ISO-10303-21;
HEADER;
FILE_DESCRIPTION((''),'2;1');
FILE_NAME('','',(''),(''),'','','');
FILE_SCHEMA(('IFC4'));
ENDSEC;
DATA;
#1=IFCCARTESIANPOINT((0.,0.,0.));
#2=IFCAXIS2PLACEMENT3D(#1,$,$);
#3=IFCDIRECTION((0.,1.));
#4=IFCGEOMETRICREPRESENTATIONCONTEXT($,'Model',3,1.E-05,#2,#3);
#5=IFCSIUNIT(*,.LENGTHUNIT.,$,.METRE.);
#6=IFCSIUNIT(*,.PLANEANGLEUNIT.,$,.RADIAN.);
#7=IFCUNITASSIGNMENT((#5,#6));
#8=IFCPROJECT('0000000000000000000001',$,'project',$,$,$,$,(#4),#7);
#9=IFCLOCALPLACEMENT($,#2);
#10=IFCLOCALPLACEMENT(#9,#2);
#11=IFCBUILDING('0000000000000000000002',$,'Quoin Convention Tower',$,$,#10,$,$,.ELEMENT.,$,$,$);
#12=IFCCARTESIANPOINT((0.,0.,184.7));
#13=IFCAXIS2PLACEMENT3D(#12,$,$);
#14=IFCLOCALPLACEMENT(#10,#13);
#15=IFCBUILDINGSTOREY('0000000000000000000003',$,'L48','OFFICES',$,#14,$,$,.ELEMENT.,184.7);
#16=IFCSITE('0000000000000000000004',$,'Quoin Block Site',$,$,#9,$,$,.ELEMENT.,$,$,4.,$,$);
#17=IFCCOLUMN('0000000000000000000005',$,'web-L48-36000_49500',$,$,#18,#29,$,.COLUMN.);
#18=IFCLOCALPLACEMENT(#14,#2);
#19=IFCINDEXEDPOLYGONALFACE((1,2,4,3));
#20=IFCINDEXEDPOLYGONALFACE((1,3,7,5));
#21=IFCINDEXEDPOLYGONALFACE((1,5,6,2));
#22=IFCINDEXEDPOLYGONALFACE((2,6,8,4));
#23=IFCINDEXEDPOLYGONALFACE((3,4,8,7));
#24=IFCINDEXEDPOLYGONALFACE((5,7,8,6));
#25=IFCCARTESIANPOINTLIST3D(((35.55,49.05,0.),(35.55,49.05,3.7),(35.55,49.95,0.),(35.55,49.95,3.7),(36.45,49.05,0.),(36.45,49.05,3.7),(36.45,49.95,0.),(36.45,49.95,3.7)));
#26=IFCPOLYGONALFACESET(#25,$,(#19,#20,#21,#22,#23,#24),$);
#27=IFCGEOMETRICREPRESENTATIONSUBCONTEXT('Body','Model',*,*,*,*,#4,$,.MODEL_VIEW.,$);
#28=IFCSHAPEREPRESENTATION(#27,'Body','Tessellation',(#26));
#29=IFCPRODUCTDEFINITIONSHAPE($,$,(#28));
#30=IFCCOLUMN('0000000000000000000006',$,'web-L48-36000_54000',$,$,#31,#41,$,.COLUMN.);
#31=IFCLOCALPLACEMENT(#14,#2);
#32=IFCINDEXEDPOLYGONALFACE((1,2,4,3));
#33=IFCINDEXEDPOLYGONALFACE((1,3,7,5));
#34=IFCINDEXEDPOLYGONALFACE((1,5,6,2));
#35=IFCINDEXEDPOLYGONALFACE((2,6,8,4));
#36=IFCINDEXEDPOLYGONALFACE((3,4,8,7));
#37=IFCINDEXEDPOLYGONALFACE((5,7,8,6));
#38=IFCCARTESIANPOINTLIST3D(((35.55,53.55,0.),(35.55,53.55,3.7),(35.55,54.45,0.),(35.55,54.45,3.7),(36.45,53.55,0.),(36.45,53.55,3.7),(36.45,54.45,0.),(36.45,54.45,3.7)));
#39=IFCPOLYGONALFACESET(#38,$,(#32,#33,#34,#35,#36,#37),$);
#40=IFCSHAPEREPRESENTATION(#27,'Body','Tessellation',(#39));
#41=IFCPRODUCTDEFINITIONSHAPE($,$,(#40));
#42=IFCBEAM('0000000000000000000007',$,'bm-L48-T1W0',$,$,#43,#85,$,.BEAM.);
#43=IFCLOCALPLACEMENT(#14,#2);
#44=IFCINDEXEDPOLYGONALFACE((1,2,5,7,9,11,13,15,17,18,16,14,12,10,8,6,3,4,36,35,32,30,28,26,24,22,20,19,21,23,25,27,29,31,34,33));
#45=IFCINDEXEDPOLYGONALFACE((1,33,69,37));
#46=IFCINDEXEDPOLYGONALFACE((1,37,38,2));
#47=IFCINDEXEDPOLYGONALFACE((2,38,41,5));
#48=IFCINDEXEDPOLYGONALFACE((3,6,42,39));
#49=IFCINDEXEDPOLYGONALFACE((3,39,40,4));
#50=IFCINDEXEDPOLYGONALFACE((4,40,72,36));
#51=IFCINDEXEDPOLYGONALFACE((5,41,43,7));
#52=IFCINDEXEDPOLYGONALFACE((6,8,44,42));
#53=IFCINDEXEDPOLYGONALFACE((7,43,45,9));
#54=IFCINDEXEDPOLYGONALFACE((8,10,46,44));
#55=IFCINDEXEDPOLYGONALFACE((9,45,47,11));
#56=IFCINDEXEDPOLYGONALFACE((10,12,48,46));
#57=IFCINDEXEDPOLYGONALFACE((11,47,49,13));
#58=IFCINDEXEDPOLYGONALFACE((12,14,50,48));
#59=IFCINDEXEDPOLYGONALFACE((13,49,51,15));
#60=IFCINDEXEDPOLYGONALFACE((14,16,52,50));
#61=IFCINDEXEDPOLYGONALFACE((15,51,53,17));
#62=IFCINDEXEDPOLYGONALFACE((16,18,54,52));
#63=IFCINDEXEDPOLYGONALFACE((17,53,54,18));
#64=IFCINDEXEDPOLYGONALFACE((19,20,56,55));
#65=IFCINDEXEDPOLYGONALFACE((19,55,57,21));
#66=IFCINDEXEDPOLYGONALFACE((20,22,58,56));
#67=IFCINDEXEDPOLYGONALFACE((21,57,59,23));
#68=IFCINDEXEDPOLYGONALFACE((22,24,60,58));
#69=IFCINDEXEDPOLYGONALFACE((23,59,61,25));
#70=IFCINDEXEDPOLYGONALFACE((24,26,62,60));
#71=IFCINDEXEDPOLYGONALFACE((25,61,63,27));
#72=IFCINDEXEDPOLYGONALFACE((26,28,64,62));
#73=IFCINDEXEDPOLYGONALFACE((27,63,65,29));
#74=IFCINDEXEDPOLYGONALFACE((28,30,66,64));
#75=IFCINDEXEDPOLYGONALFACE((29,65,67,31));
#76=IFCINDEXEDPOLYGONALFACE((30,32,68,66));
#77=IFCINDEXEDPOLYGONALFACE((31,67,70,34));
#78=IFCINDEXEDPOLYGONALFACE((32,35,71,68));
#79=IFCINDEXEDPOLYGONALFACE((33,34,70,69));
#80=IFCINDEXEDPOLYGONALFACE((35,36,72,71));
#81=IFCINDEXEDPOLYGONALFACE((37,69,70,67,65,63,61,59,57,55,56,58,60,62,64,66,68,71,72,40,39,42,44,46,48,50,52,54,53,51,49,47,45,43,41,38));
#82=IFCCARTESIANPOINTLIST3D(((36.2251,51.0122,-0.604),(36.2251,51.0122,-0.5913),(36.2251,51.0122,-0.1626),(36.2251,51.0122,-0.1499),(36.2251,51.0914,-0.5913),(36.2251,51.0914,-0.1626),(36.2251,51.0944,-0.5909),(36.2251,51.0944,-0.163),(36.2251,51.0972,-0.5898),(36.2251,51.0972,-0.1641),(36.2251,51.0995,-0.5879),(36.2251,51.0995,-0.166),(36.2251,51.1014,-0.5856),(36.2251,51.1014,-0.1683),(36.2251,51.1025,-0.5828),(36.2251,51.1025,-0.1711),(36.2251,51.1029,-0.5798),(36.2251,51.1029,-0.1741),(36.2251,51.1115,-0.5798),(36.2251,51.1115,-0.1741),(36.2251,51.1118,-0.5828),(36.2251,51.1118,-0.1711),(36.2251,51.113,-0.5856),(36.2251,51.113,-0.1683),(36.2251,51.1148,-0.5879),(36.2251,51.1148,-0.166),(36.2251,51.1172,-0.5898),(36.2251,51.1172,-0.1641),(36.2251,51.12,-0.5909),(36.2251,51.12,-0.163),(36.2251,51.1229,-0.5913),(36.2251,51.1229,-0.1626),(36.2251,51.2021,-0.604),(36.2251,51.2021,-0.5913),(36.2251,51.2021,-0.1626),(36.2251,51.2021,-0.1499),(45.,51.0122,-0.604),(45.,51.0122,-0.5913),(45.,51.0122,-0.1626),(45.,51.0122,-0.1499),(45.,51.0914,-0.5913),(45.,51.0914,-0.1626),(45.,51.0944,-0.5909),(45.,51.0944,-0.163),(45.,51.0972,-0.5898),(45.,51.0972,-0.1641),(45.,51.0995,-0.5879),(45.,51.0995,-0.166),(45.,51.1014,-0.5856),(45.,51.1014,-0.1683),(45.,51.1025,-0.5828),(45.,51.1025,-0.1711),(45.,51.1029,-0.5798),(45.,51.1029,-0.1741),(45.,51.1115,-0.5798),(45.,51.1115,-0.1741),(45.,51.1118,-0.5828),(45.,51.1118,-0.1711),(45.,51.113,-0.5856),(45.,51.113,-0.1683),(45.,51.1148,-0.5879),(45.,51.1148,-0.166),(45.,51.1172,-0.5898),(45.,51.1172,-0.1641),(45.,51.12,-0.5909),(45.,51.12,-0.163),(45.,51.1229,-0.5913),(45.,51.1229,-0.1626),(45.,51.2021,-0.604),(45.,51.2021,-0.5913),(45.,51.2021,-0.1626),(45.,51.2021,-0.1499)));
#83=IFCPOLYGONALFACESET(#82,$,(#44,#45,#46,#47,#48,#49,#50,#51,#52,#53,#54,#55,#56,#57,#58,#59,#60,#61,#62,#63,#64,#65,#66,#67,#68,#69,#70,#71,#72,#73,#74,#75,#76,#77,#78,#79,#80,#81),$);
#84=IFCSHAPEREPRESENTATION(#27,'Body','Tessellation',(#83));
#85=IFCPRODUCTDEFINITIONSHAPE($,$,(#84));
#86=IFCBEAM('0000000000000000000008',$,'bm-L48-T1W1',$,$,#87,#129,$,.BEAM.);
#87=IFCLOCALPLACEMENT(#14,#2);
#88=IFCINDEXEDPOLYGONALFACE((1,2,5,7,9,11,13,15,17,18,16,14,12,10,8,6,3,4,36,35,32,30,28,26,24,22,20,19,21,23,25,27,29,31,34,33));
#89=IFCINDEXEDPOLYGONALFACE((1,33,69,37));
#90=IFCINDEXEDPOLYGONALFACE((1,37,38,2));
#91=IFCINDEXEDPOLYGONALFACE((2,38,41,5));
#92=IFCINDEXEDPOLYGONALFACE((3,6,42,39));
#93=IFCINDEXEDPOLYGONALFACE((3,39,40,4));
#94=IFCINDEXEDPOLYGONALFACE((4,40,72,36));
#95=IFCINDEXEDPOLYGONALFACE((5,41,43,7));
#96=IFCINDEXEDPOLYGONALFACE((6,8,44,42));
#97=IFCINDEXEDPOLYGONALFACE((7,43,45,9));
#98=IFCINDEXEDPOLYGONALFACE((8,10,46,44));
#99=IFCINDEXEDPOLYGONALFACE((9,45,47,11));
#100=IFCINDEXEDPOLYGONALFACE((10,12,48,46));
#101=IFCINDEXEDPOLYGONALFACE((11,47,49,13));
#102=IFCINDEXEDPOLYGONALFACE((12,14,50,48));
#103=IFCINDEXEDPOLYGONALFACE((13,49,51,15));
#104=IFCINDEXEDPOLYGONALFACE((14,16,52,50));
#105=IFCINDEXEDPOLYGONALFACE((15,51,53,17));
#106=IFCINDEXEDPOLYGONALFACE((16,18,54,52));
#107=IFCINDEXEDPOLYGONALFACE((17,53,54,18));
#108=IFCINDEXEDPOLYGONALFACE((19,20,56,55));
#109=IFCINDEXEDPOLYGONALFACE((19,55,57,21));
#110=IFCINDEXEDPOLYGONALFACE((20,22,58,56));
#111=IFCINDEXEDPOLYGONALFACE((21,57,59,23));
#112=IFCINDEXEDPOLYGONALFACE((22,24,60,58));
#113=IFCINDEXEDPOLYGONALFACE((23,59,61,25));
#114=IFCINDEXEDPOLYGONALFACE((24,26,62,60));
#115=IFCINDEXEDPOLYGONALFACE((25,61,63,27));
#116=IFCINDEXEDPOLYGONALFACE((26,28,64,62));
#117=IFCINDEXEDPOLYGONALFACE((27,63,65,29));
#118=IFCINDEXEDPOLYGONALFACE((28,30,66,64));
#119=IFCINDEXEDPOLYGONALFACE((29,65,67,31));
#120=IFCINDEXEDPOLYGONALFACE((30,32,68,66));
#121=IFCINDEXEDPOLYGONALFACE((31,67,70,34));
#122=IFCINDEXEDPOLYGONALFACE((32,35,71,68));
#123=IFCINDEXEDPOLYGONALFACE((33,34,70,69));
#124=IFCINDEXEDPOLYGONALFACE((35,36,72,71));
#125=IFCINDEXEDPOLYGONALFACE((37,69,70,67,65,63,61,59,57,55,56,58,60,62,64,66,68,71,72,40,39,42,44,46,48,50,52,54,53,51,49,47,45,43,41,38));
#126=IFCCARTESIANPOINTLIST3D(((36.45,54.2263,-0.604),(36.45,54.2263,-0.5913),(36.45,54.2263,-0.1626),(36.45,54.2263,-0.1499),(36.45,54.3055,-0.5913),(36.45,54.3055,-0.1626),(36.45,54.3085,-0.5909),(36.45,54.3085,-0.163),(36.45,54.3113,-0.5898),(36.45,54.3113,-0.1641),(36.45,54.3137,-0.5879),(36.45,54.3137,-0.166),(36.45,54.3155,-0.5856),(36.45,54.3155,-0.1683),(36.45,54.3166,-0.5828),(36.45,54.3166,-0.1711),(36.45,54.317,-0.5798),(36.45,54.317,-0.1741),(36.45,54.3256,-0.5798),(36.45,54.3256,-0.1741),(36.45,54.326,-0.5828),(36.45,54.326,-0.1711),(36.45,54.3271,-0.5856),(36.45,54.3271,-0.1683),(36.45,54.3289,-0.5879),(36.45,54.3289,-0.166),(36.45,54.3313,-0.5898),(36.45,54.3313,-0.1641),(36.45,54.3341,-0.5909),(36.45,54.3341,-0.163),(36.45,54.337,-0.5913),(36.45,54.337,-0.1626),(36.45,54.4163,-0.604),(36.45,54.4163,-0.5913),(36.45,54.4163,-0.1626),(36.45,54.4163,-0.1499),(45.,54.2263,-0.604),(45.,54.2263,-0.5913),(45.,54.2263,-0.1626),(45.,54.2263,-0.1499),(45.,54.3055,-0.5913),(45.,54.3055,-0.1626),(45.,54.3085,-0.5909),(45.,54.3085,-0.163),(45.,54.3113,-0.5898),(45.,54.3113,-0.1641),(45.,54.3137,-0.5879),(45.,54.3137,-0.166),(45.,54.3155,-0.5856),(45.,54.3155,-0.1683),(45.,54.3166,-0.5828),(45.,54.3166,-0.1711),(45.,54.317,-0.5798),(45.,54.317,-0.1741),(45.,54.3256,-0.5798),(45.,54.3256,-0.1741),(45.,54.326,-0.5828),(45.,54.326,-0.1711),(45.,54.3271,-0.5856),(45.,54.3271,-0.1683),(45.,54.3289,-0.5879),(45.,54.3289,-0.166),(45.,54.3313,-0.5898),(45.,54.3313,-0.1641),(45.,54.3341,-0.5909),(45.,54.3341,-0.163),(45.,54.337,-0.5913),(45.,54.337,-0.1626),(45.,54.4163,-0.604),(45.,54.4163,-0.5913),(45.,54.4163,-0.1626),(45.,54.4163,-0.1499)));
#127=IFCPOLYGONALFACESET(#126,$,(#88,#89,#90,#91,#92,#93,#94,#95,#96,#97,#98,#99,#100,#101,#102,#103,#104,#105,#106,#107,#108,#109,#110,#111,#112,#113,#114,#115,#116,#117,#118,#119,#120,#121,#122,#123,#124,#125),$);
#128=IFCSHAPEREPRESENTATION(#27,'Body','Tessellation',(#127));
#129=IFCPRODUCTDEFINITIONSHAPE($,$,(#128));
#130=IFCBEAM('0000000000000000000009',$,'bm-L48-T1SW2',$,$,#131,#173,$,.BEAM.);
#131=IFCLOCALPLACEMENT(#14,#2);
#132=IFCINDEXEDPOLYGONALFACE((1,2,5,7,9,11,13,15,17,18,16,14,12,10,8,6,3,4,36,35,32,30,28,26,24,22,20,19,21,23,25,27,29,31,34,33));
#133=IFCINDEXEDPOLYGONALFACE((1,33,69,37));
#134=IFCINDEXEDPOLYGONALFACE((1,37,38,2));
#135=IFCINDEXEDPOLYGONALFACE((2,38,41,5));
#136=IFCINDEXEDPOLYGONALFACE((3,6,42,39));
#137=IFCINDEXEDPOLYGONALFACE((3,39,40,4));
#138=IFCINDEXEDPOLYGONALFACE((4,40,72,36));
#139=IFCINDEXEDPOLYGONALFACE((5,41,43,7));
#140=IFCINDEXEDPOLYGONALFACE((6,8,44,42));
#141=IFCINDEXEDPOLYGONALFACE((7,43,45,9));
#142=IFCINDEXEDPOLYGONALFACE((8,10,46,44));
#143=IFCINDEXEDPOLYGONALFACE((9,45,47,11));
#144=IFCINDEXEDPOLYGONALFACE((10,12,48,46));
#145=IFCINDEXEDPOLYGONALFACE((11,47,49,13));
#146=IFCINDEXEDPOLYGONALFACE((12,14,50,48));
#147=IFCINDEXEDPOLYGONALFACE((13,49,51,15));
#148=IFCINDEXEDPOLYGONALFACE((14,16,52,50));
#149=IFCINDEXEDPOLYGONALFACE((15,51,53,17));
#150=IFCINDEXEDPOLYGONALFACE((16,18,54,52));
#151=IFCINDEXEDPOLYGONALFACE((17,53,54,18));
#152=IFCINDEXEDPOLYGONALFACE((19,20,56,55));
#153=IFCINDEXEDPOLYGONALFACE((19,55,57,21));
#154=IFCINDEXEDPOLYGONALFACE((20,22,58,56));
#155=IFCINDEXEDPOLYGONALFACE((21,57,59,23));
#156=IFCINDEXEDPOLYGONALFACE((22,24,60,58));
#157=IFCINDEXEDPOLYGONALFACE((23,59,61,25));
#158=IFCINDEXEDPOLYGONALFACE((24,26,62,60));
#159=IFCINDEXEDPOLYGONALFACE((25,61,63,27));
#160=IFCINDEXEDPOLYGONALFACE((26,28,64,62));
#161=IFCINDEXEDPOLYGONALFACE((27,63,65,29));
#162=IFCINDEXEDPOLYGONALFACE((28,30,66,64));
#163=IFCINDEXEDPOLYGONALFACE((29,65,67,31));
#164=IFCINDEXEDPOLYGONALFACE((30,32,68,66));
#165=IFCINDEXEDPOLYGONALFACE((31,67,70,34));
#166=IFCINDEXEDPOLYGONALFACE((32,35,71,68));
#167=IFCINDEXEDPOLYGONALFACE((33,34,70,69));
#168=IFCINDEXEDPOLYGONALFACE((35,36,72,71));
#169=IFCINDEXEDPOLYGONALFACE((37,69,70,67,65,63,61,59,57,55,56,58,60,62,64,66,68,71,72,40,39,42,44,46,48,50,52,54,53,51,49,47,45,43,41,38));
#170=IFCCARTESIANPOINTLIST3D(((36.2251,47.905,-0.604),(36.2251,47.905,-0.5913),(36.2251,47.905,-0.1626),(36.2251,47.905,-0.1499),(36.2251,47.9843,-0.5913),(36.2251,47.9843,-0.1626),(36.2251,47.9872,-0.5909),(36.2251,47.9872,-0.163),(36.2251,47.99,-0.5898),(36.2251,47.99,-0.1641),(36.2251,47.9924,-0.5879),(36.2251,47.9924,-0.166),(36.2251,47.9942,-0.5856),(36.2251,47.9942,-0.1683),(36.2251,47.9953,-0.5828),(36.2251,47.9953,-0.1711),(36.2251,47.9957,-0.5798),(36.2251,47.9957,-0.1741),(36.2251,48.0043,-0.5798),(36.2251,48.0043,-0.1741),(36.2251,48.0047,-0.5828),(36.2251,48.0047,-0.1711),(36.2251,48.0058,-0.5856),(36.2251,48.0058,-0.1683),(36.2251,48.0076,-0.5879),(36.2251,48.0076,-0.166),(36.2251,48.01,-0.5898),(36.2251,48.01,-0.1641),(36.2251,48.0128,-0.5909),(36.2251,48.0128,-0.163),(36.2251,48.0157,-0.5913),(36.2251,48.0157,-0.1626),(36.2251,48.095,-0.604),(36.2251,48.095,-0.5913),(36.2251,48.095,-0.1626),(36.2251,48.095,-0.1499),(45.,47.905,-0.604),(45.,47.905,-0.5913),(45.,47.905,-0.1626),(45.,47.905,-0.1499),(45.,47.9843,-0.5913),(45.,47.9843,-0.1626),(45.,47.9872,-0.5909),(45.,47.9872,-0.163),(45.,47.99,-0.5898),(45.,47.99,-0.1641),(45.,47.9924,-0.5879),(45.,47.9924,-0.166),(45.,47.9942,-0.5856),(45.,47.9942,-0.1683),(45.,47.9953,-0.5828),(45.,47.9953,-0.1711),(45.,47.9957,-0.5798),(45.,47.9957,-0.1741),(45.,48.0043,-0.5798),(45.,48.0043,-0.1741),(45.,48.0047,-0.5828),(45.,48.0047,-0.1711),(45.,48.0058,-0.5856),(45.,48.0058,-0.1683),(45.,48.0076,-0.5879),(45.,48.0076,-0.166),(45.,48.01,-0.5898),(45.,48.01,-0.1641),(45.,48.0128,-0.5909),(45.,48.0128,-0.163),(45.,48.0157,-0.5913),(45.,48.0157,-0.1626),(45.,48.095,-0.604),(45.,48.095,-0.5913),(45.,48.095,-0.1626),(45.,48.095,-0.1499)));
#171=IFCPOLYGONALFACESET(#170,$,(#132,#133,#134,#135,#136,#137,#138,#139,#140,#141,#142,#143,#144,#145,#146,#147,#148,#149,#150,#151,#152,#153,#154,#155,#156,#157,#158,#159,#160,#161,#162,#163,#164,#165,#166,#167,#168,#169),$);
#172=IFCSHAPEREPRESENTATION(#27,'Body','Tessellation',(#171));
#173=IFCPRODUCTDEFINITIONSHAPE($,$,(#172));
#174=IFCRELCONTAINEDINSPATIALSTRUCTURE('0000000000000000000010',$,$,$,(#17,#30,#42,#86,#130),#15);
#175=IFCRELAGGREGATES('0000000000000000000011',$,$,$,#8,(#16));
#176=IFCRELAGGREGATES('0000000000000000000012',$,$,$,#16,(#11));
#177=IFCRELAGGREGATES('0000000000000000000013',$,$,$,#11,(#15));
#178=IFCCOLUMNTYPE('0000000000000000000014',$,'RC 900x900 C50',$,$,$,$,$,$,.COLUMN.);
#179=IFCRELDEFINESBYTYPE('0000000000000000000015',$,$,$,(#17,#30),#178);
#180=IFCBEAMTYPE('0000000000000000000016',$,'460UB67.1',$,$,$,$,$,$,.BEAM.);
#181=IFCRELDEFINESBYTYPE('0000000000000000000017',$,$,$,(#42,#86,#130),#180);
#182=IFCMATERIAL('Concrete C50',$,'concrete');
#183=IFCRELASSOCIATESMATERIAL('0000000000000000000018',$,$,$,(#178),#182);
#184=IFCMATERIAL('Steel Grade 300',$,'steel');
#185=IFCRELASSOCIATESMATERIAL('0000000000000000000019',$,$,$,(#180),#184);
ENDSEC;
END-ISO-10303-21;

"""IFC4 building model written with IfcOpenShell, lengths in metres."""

from ifc_helpers import new_model, si_unit, direction, frame, origin, origin_2d, place, context, subcontext, project, spatial, rectangle, i_section, extrude, material, material_profile, profile_set, type_object, element, save


model = new_model("IFC4")

# Units and contexts
model_context = context("Model", 3, precision=1e-05, world=origin(), true_north=direction((0.0, 1.0)))
body_context = subcontext(model_context, "Body", "Model", "MODEL_VIEW")
ifc_project = project(units=[si_unit("LENGTHUNIT", "METRE"), si_unit("PLANEANGLEUNIT", "RADIAN")], contexts=[model_context])

# Site, building, storey
site_placement = place(None, origin())
site = spatial("IfcSite", under=ifc_project, at=site_placement, Name="Quoin Block Site", CompositionType="ELEMENT", RefElevation=4.0)
building_placement = place(site_placement, origin())
building = spatial("IfcBuilding", under=site, at=building_placement, Name="Quoin Convention Tower", CompositionType="ELEMENT")
storey_placement = place(building_placement, frame((0.0, 0.0, 184.7)))
storey = spatial("IfcBuildingStorey", under=building, at=storey_placement, Name="L48", Description="OFFICES", CompositionType="ELEMENT", Elevation=184.7)

# Columns
ifc_material_1 = material(Name="Concrete C50", Category="concrete")
ifc_material_profile_1 = material_profile(ifc_material_1, rectangle(XDim=0.8999, YDim=0.8999, at=origin_2d()), Name="RC 900x900")
ifc_profile_set_1 = profile_set([ifc_material_profile_1], Name="Concrete C50")
column_type = type_object("IfcColumnType", Name="RC 900x900 C50", PredefinedType="COLUMN", material=ifc_profile_set_1)
for number, where, z_axis, x_axis, name in (
    (1, (36.0, 49.5, 0.0), (0.0, 0.0, 1.0), (1.0, 0.0, 0.0), "web-L48-36000_49500"),
    (2, (36.0, 54.0, 0.0), (0.0, 0.0, 1.0), (1.0, 0.0, 0.0), "web-L48-36000_54000"),
):
    element("IfcColumn", number, at=place(storey_placement, frame(where, z_axis=z_axis, x_axis=x_axis)), inside=storey, type_object=column_type, Name=name, PredefinedType="COLUMN", context=body_context, shape_type="SweptSolid", body=[
        extrude(rectangle(XDim=0.8999, YDim=0.8999, at=origin_2d()), origin(), (0.0, 0.0, 1.0), 3.7),
    ])

# Beams
ifc_material_2 = material(Name="Steel Grade 300", Category="steel")
ifc_material_profile_2 = material_profile(ifc_material_2, i_section(OverallWidth=0.1899, OverallDepth=0.4541, WebThickness=0.0085, FlangeThickness=0.0127, FilletRadius=0.0115, at=origin_2d()), Name="460UB67.1")
ifc_profile_set_2 = profile_set([ifc_material_profile_2], Name="Steel Grade 300")
beam_type_1 = type_object("IfcBeamType", Name="460UB67.1", PredefinedType="BEAM", material=ifc_profile_set_2)
beam_1_placement = place(storey_placement, frame((36.2251, 51.1072, -0.377), z_axis=(1.0, 0.0, 0.0), x_axis=(0.0, 1.0, 0.0)))
element("IfcBeam", 3, at=beam_1_placement, inside=storey, type_object=beam_type_1, Name="bm-L48-T1W0", PredefinedType="BEAM", context=body_context, shape_type="SweptSolid", body=[
    extrude(i_section(OverallWidth=0.1899, OverallDepth=0.4541, WebThickness=0.0085, FlangeThickness=0.0127, FilletRadius=0.0115, at=origin_2d()), origin(), (0.0, 0.0, 1.0), 8.7749),
])
beam_2_placement = place(storey_placement, frame((36.45, 54.3213, -0.377), z_axis=(1.0, 0.0, 0.0), x_axis=(0.0, 1.0, 0.0)))
element("IfcBeam", 4, at=beam_2_placement, inside=storey, type_object=beam_type_1, Name="bm-L48-T1W1", PredefinedType="BEAM", context=body_context, shape_type="SweptSolid", body=[
    extrude(i_section(OverallWidth=0.1899, OverallDepth=0.4541, WebThickness=0.0085, FlangeThickness=0.0127, FilletRadius=0.0115, at=origin_2d()), origin(), (0.0, 0.0, 1.0), 8.55),
])
beam_3_placement = place(storey_placement, frame((36.2251, 48.0, -0.377), z_axis=(1.0, 0.0, 0.0), x_axis=(0.0, 1.0, 0.0)))
element("IfcBeam", 5, at=beam_3_placement, inside=storey, type_object=beam_type_1, Name="bm-L48-T1SW2", PredefinedType="BEAM", context=body_context, shape_type="SweptSolid", body=[
    extrude(i_section(OverallWidth=0.1899, OverallDepth=0.4541, WebThickness=0.0085, FlangeThickness=0.0127, FilletRadius=0.0115, at=origin_2d()), origin(), (0.0, 0.0, 1.0), 8.7749),
])

save(model, "model.ifc")
